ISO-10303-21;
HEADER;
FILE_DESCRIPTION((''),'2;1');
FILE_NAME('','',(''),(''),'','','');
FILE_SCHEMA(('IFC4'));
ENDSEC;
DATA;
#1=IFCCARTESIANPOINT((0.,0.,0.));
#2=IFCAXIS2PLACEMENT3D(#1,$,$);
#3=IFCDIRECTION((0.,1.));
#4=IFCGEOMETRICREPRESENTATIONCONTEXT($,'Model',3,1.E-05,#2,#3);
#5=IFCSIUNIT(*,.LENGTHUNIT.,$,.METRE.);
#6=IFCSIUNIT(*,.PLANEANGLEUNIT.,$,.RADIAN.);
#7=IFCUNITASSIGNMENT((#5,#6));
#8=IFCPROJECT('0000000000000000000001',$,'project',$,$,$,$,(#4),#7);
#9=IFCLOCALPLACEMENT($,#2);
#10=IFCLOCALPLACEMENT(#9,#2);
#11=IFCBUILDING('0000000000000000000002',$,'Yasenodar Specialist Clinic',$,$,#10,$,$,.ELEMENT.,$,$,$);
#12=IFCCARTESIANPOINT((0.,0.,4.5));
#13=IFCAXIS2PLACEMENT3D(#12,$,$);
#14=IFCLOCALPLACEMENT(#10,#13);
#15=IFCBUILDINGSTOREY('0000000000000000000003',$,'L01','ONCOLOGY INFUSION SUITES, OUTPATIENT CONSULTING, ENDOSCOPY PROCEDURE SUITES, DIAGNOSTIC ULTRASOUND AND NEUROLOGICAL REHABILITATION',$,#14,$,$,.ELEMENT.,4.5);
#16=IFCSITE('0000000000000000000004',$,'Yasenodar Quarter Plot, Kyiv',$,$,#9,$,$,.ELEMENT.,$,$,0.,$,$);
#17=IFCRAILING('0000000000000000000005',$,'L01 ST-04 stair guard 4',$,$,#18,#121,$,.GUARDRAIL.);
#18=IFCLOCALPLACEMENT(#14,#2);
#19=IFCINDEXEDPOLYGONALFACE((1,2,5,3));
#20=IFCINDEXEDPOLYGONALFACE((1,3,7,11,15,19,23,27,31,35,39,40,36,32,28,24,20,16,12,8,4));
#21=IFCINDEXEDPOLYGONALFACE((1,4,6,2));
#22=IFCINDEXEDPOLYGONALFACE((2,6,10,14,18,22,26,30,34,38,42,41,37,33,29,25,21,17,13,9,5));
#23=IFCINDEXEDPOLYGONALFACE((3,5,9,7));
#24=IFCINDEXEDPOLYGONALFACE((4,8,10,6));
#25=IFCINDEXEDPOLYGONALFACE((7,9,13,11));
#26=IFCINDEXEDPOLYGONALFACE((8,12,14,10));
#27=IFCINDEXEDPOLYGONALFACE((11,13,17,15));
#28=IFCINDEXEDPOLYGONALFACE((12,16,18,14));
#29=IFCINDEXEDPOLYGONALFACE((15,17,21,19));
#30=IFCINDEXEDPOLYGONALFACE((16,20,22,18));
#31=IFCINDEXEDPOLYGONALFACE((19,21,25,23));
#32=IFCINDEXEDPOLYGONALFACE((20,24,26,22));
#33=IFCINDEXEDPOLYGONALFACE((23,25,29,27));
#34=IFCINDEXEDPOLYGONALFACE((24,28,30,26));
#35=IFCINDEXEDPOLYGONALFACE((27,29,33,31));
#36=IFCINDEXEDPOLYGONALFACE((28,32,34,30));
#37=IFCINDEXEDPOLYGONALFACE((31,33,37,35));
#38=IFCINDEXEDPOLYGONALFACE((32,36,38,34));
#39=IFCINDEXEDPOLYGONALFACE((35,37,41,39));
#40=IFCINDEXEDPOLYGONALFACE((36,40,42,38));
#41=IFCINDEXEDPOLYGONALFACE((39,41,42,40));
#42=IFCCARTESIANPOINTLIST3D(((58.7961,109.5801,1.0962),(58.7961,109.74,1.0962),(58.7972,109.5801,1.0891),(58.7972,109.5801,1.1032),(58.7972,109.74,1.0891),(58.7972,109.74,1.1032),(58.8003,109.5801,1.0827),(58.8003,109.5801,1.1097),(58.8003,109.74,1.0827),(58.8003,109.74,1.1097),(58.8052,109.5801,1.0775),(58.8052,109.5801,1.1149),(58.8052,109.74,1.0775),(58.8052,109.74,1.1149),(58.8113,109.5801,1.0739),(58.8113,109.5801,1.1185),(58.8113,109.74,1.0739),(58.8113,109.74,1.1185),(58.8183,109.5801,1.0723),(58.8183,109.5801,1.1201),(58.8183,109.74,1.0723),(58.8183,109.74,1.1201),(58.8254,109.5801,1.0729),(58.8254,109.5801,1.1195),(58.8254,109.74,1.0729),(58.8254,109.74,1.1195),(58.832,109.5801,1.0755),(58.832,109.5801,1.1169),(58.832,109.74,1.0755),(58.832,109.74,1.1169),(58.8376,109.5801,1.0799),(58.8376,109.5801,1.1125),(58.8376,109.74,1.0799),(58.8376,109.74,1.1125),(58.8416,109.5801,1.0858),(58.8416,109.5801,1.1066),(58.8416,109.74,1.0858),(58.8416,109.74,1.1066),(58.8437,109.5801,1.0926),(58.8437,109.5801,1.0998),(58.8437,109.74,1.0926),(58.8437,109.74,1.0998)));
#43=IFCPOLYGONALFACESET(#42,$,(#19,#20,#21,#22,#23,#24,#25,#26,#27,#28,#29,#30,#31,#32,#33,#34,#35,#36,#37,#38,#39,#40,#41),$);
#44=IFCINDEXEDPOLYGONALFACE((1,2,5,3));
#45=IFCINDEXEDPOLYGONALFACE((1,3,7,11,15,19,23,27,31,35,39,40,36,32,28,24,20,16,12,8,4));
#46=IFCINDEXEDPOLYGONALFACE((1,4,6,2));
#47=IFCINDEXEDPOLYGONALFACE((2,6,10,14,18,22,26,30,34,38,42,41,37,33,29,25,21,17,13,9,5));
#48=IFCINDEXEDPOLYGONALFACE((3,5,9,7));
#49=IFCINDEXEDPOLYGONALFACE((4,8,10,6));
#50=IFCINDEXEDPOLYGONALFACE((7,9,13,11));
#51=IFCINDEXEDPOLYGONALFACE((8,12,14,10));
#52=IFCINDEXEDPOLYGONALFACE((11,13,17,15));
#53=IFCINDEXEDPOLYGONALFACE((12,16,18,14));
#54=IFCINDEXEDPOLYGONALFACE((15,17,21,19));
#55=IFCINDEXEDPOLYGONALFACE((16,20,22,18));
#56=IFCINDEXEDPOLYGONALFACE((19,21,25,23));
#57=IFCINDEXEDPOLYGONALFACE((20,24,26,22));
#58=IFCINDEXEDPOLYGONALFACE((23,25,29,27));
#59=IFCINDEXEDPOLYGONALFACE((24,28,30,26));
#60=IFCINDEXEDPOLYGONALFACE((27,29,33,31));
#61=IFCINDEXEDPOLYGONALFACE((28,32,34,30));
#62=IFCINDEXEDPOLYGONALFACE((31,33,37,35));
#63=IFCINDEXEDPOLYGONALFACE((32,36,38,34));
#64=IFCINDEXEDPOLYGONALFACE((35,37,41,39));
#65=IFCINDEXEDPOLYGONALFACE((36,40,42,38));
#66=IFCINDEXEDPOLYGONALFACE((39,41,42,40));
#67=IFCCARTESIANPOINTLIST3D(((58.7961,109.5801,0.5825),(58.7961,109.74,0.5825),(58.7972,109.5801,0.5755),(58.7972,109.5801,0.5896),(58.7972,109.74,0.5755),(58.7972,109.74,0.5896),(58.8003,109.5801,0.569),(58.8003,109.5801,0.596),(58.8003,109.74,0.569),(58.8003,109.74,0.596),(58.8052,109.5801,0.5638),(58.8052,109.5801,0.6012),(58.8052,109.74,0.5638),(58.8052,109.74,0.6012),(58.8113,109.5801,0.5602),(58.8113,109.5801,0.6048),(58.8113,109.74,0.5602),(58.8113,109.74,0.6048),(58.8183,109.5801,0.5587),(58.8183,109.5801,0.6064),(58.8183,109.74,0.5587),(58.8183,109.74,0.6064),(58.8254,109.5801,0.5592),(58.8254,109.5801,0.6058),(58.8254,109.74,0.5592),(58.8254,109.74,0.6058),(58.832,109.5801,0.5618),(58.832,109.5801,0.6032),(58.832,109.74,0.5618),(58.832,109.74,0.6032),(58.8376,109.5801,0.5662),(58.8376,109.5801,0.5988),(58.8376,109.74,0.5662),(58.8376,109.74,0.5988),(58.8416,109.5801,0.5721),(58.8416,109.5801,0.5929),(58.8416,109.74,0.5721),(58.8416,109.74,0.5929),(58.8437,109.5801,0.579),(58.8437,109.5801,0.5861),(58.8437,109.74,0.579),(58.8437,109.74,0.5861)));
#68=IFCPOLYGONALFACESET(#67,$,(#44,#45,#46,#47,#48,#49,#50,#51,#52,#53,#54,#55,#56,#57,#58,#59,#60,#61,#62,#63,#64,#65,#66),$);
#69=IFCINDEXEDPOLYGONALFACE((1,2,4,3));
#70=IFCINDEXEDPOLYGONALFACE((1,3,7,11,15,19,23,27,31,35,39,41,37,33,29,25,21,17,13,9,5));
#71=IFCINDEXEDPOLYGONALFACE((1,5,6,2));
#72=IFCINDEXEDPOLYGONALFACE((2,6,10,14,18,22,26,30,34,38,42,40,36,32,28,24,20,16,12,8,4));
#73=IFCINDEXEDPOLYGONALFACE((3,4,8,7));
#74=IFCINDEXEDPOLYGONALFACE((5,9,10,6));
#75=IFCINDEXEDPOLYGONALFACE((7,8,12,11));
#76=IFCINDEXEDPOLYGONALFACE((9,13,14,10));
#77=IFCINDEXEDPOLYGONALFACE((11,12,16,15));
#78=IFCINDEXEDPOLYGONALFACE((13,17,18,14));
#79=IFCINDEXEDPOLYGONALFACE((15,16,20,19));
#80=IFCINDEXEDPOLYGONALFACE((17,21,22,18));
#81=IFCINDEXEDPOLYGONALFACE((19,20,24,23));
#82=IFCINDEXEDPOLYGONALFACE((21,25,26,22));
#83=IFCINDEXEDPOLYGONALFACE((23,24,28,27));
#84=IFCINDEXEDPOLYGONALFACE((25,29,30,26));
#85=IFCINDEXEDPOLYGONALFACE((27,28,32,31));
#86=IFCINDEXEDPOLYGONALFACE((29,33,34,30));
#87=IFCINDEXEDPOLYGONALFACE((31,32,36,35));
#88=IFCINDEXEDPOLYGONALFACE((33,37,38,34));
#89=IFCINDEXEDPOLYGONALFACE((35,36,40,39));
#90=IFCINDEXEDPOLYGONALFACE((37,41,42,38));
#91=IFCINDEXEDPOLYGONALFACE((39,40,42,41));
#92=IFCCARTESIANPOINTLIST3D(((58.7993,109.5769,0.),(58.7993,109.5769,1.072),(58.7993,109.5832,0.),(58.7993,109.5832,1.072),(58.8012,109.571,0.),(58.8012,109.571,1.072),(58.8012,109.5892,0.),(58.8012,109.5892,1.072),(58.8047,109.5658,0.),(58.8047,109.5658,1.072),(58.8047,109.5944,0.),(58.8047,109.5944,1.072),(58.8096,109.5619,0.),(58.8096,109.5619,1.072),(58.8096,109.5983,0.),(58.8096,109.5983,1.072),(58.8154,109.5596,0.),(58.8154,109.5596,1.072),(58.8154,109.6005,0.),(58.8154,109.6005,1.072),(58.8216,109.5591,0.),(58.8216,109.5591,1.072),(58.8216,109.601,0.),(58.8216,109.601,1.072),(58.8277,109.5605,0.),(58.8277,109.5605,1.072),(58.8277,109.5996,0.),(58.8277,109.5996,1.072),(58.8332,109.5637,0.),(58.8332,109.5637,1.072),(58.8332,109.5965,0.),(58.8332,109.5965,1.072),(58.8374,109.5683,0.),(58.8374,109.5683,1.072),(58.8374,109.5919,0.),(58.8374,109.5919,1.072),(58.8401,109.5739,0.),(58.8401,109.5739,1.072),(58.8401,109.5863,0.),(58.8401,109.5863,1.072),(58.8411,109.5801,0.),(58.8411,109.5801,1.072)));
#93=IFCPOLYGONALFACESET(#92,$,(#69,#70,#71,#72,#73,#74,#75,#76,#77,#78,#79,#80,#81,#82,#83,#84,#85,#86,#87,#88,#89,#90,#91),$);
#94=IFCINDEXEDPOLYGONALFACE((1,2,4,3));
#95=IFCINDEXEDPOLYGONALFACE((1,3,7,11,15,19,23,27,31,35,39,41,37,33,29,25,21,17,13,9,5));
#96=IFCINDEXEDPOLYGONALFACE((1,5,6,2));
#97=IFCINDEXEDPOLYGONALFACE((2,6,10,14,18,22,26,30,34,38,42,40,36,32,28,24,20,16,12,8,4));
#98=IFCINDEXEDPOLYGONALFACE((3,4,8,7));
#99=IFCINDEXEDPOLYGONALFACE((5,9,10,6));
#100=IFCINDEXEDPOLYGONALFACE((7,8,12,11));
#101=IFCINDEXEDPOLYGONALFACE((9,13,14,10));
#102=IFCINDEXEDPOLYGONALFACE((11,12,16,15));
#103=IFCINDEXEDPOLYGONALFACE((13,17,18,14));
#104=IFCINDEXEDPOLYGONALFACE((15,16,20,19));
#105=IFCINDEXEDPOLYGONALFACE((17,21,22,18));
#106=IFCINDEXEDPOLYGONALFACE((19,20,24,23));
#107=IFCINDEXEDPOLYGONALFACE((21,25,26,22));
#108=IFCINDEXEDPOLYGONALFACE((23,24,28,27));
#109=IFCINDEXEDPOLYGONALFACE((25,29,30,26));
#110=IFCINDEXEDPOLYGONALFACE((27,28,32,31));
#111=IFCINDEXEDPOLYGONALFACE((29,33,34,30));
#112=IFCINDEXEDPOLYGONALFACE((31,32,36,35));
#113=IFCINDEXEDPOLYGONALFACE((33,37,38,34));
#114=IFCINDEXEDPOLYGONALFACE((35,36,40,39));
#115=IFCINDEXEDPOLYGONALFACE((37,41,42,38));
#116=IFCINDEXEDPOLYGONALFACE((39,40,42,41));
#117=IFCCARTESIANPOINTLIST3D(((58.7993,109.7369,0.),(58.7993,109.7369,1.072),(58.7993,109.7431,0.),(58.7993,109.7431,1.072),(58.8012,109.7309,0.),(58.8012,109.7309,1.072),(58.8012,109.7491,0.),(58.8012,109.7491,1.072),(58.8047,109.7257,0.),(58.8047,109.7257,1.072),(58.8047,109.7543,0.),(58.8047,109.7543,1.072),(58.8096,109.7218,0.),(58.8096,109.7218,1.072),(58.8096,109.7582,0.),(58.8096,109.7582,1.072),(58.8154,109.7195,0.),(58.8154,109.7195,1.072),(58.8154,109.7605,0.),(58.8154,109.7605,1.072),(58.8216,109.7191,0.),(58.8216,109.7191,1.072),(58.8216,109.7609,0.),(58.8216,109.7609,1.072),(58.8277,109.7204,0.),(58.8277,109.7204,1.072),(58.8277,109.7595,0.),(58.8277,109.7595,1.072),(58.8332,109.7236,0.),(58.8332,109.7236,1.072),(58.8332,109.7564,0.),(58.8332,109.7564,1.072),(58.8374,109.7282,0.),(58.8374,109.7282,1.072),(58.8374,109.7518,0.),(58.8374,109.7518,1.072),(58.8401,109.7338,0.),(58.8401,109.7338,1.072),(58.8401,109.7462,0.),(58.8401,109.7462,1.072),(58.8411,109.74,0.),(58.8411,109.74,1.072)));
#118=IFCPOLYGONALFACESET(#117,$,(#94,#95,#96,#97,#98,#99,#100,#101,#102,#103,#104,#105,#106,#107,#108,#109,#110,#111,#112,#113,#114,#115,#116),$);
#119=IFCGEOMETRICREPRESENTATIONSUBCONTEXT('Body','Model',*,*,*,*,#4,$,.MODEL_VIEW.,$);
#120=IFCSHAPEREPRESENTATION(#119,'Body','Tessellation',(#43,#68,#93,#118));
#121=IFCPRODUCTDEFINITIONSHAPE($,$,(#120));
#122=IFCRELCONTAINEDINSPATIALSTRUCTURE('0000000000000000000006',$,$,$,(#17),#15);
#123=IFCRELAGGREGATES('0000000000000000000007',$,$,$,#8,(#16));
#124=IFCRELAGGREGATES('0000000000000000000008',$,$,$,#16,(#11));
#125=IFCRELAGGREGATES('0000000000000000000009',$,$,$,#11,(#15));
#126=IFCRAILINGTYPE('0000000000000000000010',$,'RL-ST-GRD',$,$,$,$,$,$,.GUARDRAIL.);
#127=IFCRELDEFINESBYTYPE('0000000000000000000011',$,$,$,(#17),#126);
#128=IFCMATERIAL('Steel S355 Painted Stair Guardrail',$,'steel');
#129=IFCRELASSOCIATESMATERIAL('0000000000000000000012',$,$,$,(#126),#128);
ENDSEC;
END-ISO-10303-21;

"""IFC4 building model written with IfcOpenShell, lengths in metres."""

from ifc_helpers import new_model, si_unit, direction, frame, origin, origin_2d, place, context, subcontext, project, spatial, circle, extrude, material, type_object, element, save


model = new_model("IFC4")

# Units and contexts
model_context = context("Model", 3, precision=1e-05, world=origin(), true_north=direction((0.0, 1.0)))
body_context = subcontext(model_context, "Body", "Model", "MODEL_VIEW")
ifc_project = project(units=[si_unit("LENGTHUNIT", "METRE"), si_unit("PLANEANGLEUNIT", "RADIAN")], contexts=[model_context])

# Site, building, storey
site_placement = place(None, origin())
site = spatial("IfcSite", under=ifc_project, at=site_placement, Name="Yasenodar Quarter Plot, Kyiv", CompositionType="ELEMENT", RefElevation=0.0)
building_placement = place(site_placement, origin())
building = spatial("IfcBuilding", under=site, at=building_placement, Name="Yasenodar Specialist Clinic", CompositionType="ELEMENT")
storey_placement = place(building_placement, frame((0.0, 0.0, 4.5)))
storey = spatial("IfcBuildingStorey", under=building, at=storey_placement, Name="L01", Description="ONCOLOGY INFUSION SUITES, OUTPATIENT CONSULTING, ENDOSCOPY PROCEDURE SUITES, DIAGNOSTIC ULTRASOUND AND NEUROLOGICAL REHABILITATION", CompositionType="ELEMENT", Elevation=4.5)

# Railing
ifc_material_1 = material(Name="Steel S355 Painted Stair Guardrail", Category="steel")
railing_type = type_object("IfcRailingType", Name="RL-ST-GRD", PredefinedType="GUARDRAIL", material=ifc_material_1)
railing_placement = place(storey_placement, frame((58.8201, 109.5801, 0.0)))
element("IfcRailing", 1, at=railing_placement, inside=storey, type_object=railing_type, Name="L01 ST-04 stair guard 4", PredefinedType="GUARDRAIL", context=body_context, shape_type="SweptSolid", body=[
    extrude(circle(Radius=0.0239, at=origin_2d()), frame((0.0, 0.0, 1.0962), z_axis=(0.0, 1.0, 0.0), x_axis=(-1.0, 0.0, 0.0)), (0.0, 0.0, 1.0), 0.1599),
    extrude(circle(Radius=0.0239, at=origin_2d()), frame((0.0, 0.0, 0.5825), z_axis=(0.0, 1.0, 0.0), x_axis=(-1.0, 0.0, 0.0)), (0.0, 0.0, 1.0), 0.1599),
    extrude(circle(Radius=0.021, at=origin_2d()), origin(), (0.0, 0.0, 1.0), 1.072),
    extrude(circle(Radius=0.021, at=origin_2d()), frame((0.0, 0.1599, 0.0)), (0.0, 0.0, 1.0), 1.072),
])

save(model, "model.ifc")
